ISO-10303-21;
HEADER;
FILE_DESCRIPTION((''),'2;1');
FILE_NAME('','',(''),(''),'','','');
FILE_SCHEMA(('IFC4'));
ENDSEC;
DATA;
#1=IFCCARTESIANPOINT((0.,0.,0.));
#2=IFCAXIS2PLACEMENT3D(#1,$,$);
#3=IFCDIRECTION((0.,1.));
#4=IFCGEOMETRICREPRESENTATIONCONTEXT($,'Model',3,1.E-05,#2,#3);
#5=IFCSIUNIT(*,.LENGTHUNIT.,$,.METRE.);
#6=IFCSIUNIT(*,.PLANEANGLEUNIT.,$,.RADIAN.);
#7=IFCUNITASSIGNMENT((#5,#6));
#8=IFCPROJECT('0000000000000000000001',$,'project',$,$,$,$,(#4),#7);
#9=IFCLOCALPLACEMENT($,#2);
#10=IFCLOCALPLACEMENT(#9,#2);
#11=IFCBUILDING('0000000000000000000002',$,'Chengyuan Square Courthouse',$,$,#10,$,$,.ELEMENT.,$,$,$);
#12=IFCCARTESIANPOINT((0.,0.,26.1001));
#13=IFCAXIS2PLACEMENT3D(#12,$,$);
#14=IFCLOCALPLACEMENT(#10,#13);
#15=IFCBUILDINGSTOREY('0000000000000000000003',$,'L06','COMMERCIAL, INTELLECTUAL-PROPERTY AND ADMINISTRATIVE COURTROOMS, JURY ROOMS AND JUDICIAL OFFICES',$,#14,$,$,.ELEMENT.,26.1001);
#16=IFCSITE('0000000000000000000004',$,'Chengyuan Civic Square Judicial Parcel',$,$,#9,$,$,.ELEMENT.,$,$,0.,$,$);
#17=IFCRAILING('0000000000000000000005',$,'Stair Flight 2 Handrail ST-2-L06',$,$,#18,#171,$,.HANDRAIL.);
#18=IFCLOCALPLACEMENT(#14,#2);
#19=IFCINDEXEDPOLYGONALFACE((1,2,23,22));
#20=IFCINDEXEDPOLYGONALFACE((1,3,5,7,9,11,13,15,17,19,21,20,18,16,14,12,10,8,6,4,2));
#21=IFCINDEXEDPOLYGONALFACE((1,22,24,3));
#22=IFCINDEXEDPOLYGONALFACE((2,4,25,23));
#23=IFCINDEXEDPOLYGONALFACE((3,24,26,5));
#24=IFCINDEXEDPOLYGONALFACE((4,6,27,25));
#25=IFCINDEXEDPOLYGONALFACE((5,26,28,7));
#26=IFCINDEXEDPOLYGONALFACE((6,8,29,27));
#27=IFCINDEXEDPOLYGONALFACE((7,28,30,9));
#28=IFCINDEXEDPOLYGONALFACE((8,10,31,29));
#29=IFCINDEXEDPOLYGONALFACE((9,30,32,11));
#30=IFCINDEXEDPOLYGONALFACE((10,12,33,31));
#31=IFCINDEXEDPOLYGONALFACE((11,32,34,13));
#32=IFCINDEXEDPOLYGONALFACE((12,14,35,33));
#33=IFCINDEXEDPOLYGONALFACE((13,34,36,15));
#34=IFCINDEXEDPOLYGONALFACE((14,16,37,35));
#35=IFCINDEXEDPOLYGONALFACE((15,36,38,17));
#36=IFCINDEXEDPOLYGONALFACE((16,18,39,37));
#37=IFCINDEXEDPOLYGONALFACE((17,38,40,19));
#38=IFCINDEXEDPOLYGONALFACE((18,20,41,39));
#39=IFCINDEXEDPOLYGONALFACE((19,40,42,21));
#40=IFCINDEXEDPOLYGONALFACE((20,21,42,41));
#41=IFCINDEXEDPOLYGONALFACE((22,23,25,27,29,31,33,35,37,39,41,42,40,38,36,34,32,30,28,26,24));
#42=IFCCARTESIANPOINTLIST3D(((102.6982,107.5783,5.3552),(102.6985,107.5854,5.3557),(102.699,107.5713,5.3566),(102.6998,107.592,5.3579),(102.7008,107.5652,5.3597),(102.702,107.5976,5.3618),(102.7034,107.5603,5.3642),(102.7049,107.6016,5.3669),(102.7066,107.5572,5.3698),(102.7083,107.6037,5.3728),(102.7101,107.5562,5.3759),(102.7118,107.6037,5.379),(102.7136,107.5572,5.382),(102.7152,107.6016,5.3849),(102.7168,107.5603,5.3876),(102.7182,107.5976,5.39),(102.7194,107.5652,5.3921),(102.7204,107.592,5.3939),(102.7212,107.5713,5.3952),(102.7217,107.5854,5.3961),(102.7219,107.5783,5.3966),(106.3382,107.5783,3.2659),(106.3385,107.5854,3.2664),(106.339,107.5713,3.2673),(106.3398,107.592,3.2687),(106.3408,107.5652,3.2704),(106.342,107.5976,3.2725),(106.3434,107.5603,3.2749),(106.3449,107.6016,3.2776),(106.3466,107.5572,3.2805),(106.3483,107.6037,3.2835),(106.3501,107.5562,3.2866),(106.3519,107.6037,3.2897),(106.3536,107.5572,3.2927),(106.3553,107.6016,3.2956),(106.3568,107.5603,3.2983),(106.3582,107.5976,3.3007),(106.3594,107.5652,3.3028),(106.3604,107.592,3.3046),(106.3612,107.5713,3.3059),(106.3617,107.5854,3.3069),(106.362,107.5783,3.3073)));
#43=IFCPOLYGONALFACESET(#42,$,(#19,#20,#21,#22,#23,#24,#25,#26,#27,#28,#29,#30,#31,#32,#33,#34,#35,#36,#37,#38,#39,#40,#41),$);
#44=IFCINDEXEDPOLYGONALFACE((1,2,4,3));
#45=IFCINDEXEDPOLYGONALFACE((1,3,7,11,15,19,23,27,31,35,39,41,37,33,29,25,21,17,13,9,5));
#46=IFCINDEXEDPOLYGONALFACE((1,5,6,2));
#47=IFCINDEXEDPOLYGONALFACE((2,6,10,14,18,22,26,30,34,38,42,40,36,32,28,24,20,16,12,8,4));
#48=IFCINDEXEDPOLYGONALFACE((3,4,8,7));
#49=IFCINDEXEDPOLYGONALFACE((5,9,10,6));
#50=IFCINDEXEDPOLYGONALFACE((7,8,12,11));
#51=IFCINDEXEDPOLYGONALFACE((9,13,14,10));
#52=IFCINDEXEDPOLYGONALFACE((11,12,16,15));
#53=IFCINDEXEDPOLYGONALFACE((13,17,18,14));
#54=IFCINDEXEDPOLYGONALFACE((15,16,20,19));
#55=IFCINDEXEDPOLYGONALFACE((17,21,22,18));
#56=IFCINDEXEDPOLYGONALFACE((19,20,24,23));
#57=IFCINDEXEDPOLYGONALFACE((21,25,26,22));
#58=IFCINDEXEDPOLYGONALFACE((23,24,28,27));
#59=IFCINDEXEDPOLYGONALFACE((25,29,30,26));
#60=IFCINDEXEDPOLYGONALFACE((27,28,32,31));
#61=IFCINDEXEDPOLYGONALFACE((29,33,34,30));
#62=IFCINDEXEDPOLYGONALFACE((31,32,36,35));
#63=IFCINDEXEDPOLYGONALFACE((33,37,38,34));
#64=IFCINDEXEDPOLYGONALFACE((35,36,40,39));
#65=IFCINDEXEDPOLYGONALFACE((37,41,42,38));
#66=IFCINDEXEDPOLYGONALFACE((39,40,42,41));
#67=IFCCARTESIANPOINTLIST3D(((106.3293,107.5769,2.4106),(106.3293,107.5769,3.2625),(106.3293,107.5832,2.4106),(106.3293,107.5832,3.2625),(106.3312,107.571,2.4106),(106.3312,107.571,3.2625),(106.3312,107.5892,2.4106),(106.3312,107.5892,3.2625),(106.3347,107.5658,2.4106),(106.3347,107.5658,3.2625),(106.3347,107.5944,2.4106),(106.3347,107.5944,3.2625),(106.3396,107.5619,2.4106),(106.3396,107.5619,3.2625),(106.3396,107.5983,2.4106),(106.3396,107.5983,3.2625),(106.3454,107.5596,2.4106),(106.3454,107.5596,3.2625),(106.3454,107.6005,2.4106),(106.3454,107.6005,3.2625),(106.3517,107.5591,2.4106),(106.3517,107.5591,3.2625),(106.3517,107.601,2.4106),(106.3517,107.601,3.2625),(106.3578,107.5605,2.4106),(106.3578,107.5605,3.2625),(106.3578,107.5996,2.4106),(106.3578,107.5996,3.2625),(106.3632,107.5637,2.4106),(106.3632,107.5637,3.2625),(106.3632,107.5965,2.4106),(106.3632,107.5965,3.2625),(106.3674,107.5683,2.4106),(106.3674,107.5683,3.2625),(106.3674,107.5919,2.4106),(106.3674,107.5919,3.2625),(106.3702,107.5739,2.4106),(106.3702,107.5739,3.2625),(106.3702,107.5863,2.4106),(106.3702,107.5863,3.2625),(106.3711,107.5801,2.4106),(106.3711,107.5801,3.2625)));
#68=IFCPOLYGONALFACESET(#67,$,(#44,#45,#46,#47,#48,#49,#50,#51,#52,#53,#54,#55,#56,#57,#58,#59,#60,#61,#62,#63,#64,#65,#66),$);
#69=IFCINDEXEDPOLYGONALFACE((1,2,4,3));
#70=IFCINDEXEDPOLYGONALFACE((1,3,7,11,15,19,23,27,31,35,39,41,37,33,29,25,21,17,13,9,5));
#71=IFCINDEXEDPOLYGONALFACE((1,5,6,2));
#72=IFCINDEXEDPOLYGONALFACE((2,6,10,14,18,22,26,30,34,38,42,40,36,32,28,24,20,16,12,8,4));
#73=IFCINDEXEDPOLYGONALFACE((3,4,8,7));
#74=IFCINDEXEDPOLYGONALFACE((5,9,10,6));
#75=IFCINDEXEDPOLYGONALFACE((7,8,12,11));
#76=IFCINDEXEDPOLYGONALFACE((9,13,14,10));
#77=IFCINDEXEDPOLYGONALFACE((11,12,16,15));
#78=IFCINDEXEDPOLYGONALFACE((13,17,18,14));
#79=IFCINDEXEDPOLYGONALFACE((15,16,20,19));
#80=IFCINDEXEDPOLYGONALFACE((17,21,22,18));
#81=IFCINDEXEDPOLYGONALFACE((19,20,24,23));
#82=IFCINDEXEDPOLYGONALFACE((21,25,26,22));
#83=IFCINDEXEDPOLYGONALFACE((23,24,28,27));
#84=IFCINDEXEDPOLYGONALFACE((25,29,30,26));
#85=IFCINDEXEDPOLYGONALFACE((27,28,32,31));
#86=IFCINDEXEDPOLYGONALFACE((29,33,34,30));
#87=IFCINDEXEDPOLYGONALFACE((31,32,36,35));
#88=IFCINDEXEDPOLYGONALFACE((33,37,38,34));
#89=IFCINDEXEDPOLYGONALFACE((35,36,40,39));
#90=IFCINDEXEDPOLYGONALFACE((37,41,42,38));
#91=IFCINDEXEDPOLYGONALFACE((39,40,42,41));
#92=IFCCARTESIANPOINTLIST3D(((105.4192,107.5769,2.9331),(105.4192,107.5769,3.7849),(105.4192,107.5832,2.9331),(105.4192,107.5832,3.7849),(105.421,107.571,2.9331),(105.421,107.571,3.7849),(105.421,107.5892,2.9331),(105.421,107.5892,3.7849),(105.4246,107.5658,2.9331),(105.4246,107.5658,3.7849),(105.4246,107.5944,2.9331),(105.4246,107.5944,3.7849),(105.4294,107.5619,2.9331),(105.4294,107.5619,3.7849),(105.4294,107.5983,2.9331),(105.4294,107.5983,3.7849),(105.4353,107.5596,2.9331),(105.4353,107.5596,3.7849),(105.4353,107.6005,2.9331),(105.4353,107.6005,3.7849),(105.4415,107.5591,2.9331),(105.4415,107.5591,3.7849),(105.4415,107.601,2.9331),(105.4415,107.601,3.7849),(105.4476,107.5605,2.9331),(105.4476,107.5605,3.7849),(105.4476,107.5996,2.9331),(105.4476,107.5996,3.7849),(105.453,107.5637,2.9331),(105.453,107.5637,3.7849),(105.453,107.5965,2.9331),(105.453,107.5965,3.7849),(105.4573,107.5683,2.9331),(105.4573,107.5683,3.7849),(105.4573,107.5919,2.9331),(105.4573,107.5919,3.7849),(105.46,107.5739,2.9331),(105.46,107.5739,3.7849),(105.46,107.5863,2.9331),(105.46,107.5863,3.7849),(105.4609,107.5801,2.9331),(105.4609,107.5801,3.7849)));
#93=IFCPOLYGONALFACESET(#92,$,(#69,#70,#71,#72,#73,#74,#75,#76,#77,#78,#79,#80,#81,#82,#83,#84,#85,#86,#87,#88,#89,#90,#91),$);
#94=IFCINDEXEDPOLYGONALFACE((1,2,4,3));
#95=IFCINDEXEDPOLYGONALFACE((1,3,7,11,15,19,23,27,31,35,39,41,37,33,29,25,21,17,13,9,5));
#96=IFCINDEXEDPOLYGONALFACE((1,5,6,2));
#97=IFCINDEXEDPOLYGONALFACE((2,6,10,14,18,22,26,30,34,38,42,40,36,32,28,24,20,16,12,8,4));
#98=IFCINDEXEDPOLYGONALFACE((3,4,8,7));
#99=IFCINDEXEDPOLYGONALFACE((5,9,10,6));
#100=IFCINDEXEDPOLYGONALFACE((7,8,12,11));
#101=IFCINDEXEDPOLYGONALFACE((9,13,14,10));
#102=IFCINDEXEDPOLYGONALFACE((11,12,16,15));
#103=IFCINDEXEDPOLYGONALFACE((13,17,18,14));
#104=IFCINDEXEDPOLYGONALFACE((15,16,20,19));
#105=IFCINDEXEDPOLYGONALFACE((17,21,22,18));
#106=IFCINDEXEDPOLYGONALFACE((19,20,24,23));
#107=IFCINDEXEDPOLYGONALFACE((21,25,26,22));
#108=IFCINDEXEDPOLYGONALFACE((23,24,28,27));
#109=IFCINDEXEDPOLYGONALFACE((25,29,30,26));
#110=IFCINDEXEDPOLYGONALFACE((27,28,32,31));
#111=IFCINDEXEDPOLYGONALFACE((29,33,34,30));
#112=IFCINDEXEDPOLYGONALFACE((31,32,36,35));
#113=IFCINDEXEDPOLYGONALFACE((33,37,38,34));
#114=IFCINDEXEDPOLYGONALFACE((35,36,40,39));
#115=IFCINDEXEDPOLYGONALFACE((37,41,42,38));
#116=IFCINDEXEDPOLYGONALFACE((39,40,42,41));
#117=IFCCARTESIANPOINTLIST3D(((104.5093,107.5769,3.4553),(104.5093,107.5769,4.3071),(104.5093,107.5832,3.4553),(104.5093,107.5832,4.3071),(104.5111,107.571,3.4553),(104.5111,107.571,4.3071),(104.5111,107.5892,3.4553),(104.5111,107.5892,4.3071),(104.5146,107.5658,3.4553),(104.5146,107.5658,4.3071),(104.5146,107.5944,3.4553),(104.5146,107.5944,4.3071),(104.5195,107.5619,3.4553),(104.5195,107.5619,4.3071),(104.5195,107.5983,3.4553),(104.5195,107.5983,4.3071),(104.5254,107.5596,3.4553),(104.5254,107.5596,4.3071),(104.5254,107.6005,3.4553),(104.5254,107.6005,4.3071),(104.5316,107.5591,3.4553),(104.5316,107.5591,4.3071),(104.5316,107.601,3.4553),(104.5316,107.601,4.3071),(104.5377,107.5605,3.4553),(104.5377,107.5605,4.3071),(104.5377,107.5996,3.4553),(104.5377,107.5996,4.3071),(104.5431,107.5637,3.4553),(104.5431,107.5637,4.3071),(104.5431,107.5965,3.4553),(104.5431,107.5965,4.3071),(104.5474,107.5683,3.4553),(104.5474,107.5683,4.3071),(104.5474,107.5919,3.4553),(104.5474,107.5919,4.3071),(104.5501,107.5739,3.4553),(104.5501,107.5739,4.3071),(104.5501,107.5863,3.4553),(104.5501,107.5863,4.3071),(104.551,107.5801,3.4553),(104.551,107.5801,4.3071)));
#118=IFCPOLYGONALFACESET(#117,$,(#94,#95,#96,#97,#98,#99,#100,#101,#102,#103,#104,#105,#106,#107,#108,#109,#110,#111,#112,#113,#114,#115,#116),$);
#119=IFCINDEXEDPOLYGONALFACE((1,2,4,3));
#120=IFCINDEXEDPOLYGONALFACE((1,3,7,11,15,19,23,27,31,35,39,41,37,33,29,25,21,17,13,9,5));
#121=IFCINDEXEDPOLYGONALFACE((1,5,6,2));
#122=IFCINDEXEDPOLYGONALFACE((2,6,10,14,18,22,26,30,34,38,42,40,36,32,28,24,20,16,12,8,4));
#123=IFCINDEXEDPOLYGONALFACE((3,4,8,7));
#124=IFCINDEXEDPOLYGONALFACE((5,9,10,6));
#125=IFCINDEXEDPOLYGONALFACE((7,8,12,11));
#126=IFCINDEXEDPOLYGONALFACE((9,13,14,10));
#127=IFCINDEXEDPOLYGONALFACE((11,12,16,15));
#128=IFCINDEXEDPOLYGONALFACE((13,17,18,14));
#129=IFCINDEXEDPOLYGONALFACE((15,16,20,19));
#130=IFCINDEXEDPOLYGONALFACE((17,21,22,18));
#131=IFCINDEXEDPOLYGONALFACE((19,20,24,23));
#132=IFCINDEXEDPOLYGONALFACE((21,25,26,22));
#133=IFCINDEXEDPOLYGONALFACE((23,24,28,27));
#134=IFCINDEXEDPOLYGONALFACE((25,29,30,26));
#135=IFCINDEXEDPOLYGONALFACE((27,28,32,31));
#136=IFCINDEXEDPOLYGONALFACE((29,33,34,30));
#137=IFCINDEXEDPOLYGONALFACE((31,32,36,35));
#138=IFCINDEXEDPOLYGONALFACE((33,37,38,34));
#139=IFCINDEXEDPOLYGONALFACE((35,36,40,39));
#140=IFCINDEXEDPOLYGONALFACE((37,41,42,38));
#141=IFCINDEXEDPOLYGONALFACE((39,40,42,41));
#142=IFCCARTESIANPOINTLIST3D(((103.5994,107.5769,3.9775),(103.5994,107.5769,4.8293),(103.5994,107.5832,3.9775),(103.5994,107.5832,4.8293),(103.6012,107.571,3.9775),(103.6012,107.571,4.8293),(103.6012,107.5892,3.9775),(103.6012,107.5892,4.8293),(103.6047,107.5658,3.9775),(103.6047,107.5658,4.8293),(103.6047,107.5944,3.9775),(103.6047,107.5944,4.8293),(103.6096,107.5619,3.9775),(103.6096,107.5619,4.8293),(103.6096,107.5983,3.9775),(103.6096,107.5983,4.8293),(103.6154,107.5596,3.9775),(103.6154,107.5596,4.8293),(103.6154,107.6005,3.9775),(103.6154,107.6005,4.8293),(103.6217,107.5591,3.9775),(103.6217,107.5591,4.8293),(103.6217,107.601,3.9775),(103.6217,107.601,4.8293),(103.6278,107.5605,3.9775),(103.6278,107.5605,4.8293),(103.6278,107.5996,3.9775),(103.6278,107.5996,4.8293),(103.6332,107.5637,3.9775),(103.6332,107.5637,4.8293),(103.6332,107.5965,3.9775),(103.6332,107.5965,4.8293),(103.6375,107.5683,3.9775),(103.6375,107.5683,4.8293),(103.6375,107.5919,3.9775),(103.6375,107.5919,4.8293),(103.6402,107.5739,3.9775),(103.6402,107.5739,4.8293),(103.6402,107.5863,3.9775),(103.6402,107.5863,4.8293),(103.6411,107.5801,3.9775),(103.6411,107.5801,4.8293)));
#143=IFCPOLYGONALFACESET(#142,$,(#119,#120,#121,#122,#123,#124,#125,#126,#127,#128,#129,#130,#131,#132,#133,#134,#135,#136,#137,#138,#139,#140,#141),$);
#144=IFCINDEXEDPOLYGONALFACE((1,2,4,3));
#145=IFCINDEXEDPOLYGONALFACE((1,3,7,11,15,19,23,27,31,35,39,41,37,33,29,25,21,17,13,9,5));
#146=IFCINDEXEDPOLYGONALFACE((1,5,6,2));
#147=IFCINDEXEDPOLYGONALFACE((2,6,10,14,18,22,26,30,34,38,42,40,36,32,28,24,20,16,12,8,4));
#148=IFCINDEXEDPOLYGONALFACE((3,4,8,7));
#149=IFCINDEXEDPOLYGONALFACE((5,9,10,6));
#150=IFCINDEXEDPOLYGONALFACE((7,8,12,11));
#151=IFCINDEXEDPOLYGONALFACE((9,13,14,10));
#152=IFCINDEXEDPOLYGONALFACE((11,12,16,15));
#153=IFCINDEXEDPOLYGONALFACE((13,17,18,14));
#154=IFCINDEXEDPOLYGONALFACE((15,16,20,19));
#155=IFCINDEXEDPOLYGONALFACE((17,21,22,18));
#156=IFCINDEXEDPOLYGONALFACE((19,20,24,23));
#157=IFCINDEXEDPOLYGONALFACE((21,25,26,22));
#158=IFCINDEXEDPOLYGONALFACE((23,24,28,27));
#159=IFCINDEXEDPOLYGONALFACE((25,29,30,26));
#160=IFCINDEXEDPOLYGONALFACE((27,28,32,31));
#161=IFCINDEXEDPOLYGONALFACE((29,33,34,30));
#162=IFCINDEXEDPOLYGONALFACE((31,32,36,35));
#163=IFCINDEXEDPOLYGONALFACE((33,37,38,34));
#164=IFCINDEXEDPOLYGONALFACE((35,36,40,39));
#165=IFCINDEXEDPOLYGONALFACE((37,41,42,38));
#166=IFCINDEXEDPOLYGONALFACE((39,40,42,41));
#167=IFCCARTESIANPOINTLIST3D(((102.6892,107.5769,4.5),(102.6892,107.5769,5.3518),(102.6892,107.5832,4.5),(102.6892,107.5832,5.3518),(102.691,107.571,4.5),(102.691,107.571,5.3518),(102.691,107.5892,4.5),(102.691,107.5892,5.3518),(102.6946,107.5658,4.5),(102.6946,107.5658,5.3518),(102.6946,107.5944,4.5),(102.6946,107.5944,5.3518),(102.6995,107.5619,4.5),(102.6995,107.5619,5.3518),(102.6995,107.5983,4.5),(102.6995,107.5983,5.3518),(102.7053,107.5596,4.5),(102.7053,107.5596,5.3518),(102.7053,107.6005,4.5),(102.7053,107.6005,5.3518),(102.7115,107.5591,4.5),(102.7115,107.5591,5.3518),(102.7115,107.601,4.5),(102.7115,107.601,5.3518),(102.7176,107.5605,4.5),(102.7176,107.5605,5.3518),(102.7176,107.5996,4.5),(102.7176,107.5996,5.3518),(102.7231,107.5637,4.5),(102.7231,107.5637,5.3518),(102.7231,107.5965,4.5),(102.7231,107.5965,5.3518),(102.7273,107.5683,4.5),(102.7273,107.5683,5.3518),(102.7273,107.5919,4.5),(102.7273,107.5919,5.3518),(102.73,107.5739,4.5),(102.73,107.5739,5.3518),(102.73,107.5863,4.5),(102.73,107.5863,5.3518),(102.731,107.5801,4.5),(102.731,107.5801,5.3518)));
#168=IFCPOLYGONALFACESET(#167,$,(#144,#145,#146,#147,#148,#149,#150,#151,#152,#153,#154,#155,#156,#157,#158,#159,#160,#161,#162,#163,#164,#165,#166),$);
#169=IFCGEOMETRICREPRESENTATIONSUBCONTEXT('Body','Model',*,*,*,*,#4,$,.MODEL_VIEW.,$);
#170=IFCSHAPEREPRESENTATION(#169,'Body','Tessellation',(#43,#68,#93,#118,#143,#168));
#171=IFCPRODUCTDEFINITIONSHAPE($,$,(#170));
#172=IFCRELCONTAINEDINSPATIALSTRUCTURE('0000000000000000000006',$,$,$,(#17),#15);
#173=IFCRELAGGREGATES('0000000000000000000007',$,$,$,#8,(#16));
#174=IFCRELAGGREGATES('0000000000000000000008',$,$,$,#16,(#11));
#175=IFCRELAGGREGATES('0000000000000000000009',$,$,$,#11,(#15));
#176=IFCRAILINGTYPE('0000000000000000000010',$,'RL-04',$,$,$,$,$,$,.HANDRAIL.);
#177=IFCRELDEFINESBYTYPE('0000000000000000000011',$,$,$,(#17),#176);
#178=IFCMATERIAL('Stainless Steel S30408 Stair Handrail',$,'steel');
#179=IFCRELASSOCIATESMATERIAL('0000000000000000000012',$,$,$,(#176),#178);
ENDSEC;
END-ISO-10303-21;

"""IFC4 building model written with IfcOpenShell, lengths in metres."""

from ifc_helpers import new_model, si_unit, direction, frame, origin, origin_2d, place, context, subcontext, project, spatial, circle, extrude, material, type_object, element, save


model = new_model("IFC4")

# Units and contexts
model_context = context("Model", 3, precision=1e-05, world=origin(), true_north=direction((0.0, 1.0)))
body_context = subcontext(model_context, "Body", "Model", "MODEL_VIEW")
ifc_project = project(units=[si_unit("LENGTHUNIT", "METRE"), si_unit("PLANEANGLEUNIT", "RADIAN")], contexts=[model_context])

# Site, building, storey
site_placement = place(None, origin())
site = spatial("IfcSite", under=ifc_project, at=site_placement, Name="Chengyuan Civic Square Judicial Parcel", CompositionType="ELEMENT", RefElevation=0.0)
building_placement = place(site_placement, origin())
building = spatial("IfcBuilding", under=site, at=building_placement, Name="Chengyuan Square Courthouse", CompositionType="ELEMENT")
storey_placement = place(building_placement, frame((0.0, 0.0, 26.1001)))
storey = spatial("IfcBuildingStorey", under=building, at=storey_placement, Name="L06", Description="COMMERCIAL, INTELLECTUAL-PROPERTY AND ADMINISTRATIVE COURTROOMS, JURY ROOMS AND JUDICIAL OFFICES", CompositionType="ELEMENT", Elevation=26.1001)

# Railing
ifc_material_1 = material(Name="Stainless Steel S30408 Stair Handrail", Category="steel")
railing_type_1 = type_object("IfcRailingType", Name="RL-04", PredefinedType="HANDRAIL", material=ifc_material_1)
railing_1_placement = place(storey_placement, frame((106.3501, 107.5801, 2.4106)))
element("IfcRailing", 1, at=railing_1_placement, inside=storey, type_object=railing_type_1, Name="Stair Flight 2 Handrail ST-2-L06", PredefinedType="HANDRAIL", context=body_context, shape_type="SweptSolid", body=[
    extrude(circle(Radius=0.0239, at=origin_2d()), frame((0.0, 0.0, 0.876), z_axis=(-0.867289, 0.0, 0.497804), x_axis=(0.0, -1.0, 0.0)), (0.0, 0.0, 1.0), 4.197),
    extrude(circle(Radius=0.021, at=origin_2d()), origin(), (0.0, 0.0, 1.0), 0.8518),
    extrude(circle(Radius=0.021, at=origin_2d()), frame((-0.9102, 0.0, 0.5225)), (0.0, 0.0, 1.0), 0.8518),
    extrude(circle(Radius=0.021, at=origin_2d()), frame((-1.8201, 0.0, 1.0447)), (0.0, 0.0, 1.0), 0.8518),
    extrude(circle(Radius=0.021, at=origin_2d()), frame((-2.73, 0.0, 1.5669)), (0.0, 0.0, 1.0), 0.8518),
    extrude(circle(Radius=0.021, at=origin_2d()), frame((-3.6401, 0.0, 2.0894)), (0.0, 0.0, 1.0), 0.8518),
])

save(model, "model.ifc")
